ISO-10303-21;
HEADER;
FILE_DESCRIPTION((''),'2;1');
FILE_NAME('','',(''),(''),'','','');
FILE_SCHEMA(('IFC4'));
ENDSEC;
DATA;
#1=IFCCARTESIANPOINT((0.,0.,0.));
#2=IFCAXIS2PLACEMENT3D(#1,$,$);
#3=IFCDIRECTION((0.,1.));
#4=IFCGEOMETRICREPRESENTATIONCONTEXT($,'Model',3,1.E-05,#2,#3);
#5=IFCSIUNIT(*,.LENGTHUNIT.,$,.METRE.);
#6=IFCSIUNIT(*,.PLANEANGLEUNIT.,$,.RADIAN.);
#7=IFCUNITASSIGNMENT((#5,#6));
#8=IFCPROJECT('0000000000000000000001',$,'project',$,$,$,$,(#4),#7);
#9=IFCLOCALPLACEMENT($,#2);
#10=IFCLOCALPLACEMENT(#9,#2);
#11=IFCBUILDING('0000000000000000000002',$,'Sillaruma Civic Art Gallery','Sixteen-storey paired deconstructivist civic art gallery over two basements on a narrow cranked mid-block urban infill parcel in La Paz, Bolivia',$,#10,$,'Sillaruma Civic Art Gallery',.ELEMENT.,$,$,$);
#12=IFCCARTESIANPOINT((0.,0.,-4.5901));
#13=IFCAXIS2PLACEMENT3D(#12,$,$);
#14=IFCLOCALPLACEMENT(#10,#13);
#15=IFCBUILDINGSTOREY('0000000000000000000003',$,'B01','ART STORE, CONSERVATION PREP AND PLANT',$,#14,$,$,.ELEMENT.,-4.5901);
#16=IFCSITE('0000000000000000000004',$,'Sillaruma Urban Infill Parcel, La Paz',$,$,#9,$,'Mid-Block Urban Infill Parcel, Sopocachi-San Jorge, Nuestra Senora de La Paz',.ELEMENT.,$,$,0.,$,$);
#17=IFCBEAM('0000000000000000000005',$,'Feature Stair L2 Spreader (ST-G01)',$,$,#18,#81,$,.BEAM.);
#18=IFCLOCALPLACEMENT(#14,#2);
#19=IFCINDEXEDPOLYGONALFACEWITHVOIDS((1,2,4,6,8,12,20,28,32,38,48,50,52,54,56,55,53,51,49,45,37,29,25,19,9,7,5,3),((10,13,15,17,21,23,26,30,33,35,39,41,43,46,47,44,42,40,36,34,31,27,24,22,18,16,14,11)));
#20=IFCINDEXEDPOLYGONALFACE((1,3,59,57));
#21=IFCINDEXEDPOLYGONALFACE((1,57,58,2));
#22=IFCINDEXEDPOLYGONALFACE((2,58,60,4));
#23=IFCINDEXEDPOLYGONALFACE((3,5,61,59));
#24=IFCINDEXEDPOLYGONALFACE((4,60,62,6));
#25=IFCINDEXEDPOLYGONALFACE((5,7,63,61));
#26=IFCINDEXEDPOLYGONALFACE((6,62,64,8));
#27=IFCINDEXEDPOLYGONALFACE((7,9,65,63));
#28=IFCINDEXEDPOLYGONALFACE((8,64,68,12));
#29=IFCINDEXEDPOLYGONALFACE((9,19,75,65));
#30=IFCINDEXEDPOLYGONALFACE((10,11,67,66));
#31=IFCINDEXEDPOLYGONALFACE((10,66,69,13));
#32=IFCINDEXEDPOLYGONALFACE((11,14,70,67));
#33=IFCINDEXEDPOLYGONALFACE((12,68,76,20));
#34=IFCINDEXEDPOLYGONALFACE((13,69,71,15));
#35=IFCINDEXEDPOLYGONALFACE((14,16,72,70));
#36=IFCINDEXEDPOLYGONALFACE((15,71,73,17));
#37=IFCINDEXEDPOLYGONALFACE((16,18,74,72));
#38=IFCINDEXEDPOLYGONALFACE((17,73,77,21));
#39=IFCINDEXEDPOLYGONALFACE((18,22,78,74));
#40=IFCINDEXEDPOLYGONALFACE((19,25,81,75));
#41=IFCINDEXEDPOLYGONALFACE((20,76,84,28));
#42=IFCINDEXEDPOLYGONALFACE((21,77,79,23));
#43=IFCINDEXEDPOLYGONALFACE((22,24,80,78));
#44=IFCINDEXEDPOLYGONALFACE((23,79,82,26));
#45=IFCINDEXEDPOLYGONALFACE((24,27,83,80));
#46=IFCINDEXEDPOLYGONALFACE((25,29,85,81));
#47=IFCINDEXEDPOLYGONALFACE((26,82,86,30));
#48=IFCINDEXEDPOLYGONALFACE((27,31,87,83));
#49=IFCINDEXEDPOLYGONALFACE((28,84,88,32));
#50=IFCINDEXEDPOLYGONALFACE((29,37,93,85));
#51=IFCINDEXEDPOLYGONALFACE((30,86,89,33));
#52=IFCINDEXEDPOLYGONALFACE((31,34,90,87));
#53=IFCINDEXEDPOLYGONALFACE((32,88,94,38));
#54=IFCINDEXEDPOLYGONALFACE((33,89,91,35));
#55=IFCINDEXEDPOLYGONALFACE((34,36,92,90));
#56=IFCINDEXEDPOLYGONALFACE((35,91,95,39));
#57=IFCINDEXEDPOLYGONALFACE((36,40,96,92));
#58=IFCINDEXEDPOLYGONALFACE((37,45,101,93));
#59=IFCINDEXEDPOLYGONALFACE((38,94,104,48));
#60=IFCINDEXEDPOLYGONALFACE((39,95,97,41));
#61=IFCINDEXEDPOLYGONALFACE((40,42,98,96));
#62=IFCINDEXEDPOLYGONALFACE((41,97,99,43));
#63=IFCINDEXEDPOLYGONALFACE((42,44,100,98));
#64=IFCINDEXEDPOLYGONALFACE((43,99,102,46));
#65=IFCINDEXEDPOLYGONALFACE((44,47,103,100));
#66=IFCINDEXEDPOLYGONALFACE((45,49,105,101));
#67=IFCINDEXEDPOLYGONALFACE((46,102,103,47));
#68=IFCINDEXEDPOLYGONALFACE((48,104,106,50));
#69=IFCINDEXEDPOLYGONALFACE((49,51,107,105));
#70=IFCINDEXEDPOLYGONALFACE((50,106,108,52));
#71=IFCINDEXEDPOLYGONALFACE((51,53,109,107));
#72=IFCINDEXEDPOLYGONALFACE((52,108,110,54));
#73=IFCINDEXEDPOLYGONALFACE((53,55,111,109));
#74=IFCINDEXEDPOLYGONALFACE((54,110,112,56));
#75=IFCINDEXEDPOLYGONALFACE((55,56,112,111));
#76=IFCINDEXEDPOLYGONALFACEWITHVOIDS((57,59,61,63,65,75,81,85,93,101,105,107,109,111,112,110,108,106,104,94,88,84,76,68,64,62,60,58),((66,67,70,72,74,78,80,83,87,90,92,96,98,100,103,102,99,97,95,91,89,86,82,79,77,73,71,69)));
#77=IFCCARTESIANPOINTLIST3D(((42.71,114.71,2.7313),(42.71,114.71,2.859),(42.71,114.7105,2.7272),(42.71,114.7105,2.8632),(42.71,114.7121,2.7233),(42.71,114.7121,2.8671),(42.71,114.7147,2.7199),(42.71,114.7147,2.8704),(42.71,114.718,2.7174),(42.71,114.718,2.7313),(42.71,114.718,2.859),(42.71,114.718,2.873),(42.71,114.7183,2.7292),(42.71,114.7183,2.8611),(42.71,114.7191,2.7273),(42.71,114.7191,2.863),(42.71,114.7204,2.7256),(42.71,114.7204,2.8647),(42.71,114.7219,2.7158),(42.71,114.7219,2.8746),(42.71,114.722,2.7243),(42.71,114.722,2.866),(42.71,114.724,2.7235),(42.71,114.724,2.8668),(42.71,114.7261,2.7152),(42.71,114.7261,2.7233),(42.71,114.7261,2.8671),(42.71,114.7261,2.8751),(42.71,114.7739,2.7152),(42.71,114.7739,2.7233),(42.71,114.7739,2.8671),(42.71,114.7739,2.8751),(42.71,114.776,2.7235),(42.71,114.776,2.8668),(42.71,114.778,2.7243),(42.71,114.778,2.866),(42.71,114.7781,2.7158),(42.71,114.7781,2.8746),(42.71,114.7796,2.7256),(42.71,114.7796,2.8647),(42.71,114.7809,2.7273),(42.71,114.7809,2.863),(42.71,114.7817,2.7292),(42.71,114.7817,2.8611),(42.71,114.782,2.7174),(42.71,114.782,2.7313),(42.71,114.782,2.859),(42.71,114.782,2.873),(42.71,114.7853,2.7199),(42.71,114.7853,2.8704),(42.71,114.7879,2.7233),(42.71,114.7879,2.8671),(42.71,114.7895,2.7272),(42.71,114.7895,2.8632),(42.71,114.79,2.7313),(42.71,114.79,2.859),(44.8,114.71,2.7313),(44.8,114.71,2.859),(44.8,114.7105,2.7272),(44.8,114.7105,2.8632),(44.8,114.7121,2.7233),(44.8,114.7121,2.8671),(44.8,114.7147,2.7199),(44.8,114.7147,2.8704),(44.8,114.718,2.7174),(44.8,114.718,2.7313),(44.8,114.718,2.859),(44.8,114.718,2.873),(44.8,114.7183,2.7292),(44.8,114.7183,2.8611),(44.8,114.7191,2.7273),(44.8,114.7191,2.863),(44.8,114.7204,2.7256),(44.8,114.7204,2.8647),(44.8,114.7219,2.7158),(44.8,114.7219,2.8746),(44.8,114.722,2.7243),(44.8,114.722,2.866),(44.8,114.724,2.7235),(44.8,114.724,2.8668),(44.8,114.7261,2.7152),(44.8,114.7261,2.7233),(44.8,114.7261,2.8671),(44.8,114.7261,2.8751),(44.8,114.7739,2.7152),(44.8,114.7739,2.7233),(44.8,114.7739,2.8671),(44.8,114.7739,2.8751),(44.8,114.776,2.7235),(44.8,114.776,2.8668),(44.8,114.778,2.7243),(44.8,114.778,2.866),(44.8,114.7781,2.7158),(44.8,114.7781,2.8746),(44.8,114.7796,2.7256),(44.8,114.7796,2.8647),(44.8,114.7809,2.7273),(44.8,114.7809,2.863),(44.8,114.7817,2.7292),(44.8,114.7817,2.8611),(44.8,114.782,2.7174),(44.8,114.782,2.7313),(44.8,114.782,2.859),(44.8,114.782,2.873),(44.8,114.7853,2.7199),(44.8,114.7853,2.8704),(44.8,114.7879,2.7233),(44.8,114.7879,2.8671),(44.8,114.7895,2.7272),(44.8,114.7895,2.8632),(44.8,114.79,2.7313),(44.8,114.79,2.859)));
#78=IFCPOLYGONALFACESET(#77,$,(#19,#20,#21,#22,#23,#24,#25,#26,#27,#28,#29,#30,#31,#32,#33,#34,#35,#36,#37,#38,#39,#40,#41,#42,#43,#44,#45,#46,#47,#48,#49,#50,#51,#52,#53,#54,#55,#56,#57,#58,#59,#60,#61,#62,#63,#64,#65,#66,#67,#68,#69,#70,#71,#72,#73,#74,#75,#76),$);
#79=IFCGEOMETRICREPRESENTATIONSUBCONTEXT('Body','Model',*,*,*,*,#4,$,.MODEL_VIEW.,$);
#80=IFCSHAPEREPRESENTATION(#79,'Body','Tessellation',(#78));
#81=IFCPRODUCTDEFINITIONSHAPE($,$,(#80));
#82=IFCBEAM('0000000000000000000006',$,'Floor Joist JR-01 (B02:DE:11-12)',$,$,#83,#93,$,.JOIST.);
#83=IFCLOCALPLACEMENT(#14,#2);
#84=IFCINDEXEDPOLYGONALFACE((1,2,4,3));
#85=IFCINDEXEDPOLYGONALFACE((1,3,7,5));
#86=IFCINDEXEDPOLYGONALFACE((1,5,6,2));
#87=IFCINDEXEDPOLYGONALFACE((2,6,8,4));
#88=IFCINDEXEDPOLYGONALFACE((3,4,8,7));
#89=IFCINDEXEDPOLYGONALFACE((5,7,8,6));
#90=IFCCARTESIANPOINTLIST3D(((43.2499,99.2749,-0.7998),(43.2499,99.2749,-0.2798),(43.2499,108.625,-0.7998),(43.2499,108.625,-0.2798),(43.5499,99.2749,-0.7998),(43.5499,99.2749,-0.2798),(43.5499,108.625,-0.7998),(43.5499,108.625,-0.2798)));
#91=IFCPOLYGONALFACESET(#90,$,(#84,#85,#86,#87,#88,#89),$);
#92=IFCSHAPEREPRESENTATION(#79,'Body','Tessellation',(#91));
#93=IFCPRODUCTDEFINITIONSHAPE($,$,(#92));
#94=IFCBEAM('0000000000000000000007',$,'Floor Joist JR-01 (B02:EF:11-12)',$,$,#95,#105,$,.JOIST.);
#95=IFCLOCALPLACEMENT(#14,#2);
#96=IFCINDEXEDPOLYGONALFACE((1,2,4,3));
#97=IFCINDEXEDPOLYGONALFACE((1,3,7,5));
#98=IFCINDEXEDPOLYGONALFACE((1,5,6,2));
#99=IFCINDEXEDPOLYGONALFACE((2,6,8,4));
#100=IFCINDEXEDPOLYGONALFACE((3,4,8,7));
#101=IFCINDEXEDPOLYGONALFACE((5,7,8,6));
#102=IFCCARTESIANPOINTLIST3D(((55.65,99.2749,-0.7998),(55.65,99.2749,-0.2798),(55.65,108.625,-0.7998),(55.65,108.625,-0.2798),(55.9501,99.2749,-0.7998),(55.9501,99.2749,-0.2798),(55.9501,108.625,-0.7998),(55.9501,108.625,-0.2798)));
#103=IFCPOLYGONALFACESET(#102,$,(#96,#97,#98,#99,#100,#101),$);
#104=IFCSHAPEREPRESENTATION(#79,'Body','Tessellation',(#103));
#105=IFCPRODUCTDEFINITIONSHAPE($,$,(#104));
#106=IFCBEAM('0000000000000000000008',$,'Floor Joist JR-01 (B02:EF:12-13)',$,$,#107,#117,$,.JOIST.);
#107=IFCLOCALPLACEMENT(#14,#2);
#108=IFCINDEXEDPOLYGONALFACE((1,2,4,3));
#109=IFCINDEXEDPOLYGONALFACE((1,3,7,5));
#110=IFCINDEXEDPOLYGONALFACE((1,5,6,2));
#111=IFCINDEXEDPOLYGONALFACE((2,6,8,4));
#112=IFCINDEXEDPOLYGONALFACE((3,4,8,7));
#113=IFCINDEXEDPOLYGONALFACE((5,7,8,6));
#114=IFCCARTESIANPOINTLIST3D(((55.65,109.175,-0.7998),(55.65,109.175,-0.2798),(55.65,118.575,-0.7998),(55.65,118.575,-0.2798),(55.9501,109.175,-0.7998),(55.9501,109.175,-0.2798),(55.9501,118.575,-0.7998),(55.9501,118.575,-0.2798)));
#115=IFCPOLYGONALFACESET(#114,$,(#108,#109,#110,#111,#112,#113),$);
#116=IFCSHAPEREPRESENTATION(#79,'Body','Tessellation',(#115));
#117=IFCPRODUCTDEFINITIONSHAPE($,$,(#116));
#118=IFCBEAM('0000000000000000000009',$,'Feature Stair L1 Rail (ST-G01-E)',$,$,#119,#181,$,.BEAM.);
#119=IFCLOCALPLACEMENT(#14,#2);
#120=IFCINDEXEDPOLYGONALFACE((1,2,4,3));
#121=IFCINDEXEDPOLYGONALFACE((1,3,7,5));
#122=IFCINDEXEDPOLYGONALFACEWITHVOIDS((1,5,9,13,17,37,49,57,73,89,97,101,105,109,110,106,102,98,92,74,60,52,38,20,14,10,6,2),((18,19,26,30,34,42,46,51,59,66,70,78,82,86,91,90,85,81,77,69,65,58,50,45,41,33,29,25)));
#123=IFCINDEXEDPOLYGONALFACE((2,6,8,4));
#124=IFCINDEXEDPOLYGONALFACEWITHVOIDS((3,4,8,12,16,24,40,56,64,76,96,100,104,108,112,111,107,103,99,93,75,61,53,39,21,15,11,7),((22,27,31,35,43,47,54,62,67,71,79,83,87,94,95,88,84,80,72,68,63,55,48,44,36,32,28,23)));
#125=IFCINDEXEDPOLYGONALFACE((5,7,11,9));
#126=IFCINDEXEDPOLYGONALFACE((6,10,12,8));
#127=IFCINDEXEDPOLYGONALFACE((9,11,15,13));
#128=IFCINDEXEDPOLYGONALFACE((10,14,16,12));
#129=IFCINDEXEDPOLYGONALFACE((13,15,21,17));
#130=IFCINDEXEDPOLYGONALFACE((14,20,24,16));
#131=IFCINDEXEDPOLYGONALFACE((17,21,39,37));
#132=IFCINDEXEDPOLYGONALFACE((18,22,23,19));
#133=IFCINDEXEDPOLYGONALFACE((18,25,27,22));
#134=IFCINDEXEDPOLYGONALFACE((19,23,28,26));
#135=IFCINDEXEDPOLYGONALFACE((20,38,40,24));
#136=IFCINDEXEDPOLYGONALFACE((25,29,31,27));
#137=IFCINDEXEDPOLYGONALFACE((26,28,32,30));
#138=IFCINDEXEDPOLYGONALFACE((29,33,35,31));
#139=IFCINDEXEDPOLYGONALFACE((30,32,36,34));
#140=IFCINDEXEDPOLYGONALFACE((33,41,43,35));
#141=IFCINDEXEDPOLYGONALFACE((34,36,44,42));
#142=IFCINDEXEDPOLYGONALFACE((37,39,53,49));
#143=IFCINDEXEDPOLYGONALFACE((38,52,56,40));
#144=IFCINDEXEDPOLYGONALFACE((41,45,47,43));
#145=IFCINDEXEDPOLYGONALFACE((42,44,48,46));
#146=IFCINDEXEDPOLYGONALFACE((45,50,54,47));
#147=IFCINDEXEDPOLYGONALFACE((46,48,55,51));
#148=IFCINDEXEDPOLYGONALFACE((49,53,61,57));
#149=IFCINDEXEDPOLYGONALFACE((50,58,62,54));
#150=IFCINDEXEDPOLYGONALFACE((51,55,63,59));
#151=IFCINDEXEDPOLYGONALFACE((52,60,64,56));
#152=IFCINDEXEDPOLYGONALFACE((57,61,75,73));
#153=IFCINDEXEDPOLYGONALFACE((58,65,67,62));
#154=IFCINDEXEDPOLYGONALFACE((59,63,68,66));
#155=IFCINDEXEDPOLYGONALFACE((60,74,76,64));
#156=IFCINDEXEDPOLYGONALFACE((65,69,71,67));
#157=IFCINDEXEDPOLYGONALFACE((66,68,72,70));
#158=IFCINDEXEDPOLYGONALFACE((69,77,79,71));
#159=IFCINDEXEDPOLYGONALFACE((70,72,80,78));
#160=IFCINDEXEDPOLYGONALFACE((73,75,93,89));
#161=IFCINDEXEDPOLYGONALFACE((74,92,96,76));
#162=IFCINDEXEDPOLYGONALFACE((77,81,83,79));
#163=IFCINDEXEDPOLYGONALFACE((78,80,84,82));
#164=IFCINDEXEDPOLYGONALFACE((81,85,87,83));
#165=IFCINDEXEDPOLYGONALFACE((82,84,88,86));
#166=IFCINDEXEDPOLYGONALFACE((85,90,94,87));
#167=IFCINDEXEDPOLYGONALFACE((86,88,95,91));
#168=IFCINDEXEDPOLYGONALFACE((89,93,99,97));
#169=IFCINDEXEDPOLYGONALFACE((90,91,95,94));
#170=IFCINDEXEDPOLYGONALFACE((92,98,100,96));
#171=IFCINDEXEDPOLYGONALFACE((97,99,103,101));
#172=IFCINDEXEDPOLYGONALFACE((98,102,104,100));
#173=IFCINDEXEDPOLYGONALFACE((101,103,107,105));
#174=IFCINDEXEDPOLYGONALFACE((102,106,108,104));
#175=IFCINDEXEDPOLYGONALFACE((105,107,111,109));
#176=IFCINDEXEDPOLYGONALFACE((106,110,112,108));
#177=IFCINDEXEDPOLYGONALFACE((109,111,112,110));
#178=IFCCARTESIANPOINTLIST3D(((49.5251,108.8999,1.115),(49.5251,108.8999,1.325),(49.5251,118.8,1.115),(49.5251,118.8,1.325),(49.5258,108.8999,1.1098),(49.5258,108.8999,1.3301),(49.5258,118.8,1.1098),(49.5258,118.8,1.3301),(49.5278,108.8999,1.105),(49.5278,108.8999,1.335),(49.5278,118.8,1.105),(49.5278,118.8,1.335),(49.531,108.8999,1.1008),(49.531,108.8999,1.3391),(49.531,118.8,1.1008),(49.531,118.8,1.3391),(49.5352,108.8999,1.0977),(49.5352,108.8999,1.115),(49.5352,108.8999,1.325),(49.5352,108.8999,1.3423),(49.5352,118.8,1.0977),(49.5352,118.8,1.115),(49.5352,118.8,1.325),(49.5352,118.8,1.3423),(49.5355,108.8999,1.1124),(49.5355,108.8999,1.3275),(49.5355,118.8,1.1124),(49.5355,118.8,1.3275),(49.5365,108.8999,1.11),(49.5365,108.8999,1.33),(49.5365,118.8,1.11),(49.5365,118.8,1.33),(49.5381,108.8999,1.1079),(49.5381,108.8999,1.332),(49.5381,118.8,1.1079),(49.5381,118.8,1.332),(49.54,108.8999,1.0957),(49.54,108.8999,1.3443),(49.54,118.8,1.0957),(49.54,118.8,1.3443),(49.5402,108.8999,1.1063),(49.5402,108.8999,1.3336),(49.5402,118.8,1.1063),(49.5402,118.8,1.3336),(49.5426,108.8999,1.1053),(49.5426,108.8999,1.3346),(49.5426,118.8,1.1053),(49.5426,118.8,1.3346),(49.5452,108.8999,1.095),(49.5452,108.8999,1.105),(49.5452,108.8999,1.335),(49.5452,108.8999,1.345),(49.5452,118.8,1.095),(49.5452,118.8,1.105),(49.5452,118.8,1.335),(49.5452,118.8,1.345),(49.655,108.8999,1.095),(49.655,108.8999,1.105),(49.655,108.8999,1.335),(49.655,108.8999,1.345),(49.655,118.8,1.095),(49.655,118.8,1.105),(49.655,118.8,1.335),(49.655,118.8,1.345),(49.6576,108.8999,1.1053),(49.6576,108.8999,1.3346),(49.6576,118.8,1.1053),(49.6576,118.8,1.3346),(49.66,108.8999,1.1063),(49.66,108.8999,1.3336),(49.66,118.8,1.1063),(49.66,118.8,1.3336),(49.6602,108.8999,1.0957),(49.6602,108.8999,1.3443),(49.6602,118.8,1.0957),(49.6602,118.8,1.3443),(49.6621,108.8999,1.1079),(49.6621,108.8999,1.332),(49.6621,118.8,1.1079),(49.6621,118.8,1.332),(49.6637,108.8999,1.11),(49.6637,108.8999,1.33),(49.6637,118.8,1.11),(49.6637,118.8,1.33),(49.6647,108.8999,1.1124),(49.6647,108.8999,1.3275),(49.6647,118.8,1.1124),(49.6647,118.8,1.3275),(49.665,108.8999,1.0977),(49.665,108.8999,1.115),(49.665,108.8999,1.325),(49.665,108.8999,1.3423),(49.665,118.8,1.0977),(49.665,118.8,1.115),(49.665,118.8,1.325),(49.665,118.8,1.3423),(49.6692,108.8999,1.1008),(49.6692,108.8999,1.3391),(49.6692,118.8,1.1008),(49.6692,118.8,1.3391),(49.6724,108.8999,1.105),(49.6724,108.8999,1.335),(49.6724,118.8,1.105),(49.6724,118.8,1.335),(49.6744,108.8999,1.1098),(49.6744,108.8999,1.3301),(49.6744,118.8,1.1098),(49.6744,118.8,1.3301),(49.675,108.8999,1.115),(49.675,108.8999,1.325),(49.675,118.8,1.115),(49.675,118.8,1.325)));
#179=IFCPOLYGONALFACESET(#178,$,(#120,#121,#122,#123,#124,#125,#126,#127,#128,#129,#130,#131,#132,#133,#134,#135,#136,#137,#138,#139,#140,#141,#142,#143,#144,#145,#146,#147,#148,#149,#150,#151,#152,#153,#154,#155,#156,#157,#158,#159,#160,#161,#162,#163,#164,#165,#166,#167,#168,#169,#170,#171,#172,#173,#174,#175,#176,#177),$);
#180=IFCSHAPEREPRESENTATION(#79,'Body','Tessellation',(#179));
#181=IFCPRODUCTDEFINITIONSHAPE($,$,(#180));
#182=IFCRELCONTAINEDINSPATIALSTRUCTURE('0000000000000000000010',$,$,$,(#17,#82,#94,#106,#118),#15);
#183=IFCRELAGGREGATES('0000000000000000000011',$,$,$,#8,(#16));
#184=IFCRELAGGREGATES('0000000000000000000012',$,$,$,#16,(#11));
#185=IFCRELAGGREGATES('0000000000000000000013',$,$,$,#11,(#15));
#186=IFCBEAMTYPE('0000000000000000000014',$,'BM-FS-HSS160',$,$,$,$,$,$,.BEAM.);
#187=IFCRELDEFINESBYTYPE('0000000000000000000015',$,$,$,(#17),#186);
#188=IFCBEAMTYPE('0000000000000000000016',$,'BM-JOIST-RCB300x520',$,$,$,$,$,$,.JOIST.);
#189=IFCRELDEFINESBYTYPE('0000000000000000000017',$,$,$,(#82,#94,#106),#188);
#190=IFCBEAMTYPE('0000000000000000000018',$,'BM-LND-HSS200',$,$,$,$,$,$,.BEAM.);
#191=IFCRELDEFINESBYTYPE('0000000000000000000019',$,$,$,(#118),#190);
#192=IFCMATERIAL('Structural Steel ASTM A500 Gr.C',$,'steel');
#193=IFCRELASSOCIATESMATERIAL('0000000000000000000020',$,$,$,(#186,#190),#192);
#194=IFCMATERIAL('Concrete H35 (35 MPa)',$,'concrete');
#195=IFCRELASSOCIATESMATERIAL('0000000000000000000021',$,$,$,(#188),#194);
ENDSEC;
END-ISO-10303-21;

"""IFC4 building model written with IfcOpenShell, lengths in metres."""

from ifc_helpers import new_model, si_unit, direction, frame, origin, origin_2d, place, context, subcontext, project, spatial, rectangle, hollow_rectangle, extrude, material, material_profile, profile_set, type_object, element, save


model = new_model("IFC4")

# Units and contexts
model_context = context("Model", 3, precision=1e-05, world=origin(), true_north=direction((0.0, 1.0)))
body_context = subcontext(model_context, "Body", "Model", "MODEL_VIEW")
ifc_project = project(units=[si_unit("LENGTHUNIT", "METRE"), si_unit("PLANEANGLEUNIT", "RADIAN")], contexts=[model_context])

# Site, building, storey
site_placement = place(None, origin())
site = spatial("IfcSite", under=ifc_project, at=site_placement, Name="Sillaruma Urban Infill Parcel, La Paz", LongName="Mid-Block Urban Infill Parcel, Sopocachi-San Jorge, Nuestra Senora de La Paz", CompositionType="ELEMENT", RefElevation=0.0)
building_placement = place(site_placement, origin())
building = spatial("IfcBuilding", under=site, at=building_placement, Name="Sillaruma Civic Art Gallery", Description="Sixteen-storey paired deconstructivist civic art gallery over two basements on a narrow cranked mid-block urban infill parcel in La Paz, Bolivia", LongName="Sillaruma Civic Art Gallery", CompositionType="ELEMENT")
storey_placement = place(building_placement, frame((0.0, 0.0, -4.5901)))
storey = spatial("IfcBuildingStorey", under=building, at=storey_placement, Name="B01", Description="ART STORE, CONSERVATION PREP AND PLANT", CompositionType="ELEMENT", Elevation=-4.5901)

# Beams
ifc_material_1 = material(Name="Concrete H35 (35 MPa)", Category="concrete")
ifc_material_2 = material(Name="Structural Steel ASTM A500 Gr.C", Category="steel")
ifc_material_profile_1 = material_profile(ifc_material_2, hollow_rectangle(XDim=0.0801, YDim=0.1599, WallThickness=0.0081, InnerFilletRadius=0.0081, OuterFilletRadius=0.0161, at=origin_2d()), Name="HSS160x80x8")
ifc_profile_set_1 = profile_set([ifc_material_profile_1], Name="Structural Steel ASTM A500 Gr.C")
beam_type_1 = type_object("IfcBeamType", Name="BM-FS-HSS160", PredefinedType="BEAM", material=ifc_profile_set_1)
beam_1_placement = place(storey_placement, frame((42.71, 114.75, 2.7952), z_axis=(1.0, 0.0, 0.0), x_axis=(0.0, 1.0, 0.0)))
element("IfcBeam", 1, at=beam_1_placement, inside=storey, type_object=beam_type_1, Name="Feature Stair L2 Spreader (ST-G01)", PredefinedType="BEAM", context=body_context, shape_type="SweptSolid", body=[
    extrude(hollow_rectangle(XDim=0.0801, YDim=0.1599, WallThickness=0.0081, InnerFilletRadius=0.0081, OuterFilletRadius=0.0161, at=origin_2d()), origin(), (0.0, 0.0, 1.0), 2.0901),
])
ifc_material_profile_2 = material_profile(ifc_material_1, rectangle(XDim=0.3, YDim=0.52, at=origin_2d()), Name="RCB300x520")
ifc_profile_set_2 = profile_set([ifc_material_profile_2], Name="Concrete H35 (35 MPa)")
beam_type_2 = type_object("IfcBeamType", Name="BM-JOIST-RCB300x520", PredefinedType="JOIST", material=ifc_profile_set_2)
for number, where, z_axis, x_axis, name in (
    (2, (43.3999, 99.2749, -0.5398), (0.0, 1.0, 0.0), (-1.0, 0.0, 0.0), "Floor Joist JR-01 (B02:DE:11-12)"),
    (3, (55.8, 99.2749, -0.5398), (0.0, 1.0, 0.0), (-1.0, 0.0, 0.0), "Floor Joist JR-01 (B02:EF:11-12)"),
):
    element("IfcBeam", number, at=place(storey_placement, frame(where, z_axis=z_axis, x_axis=x_axis)), inside=storey, type_object=beam_type_2, Name=name, PredefinedType="JOIST", context=body_context, shape_type="SweptSolid", body=[
        extrude(rectangle(XDim=0.3, YDim=0.52, at=origin_2d()), origin(), (0.0, 0.0, 1.0), 9.3501),
    ])
beam_2_placement = place(storey_placement, frame((55.8, 109.175, -0.5398), z_axis=(0.0, 1.0, 0.0), x_axis=(-1.0, 0.0, 0.0)))
element("IfcBeam", 4, at=beam_2_placement, inside=storey, type_object=beam_type_2, Name="Floor Joist JR-01 (B02:EF:12-13)", PredefinedType="JOIST", context=body_context, shape_type="SweptSolid", body=[
    extrude(rectangle(XDim=0.3, YDim=0.52, at=origin_2d()), origin(), (0.0, 0.0, 1.0), 9.3999),
])
ifc_material_profile_3 = material_profile(ifc_material_2, hollow_rectangle(XDim=0.1499, YDim=0.25, WallThickness=0.01, InnerFilletRadius=0.01, OuterFilletRadius=0.02, at=origin_2d()), Name="HSS250x150x10")
ifc_profile_set_3 = profile_set([ifc_material_profile_3], Name="Structural Steel ASTM A500 Gr.C")
beam_type_3 = type_object("IfcBeamType", Name="BM-LND-HSS200", PredefinedType="BEAM", material=ifc_profile_set_3)
for number, where, z_axis, x_axis, name in (
    (5, (49.6001, 108.8999, 1.22), (0.0, 1.0, 0.0), (-1.0, 0.0, 0.0), "Feature Stair L1 Rail (ST-G01-E)"),
):
    element("IfcBeam", number, at=place(storey_placement, frame(where, z_axis=z_axis, x_axis=x_axis)), inside=storey, type_object=beam_type_3, Name=name, PredefinedType="BEAM", context=body_context, shape_type="SweptSolid", body=[
        extrude(hollow_rectangle(XDim=0.1499, YDim=0.25, WallThickness=0.01, InnerFilletRadius=0.01, OuterFilletRadius=0.02, at=origin_2d()), origin(), (0.0, 0.0, 1.0), 9.9001),
    ])

save(model, "model.ifc")
